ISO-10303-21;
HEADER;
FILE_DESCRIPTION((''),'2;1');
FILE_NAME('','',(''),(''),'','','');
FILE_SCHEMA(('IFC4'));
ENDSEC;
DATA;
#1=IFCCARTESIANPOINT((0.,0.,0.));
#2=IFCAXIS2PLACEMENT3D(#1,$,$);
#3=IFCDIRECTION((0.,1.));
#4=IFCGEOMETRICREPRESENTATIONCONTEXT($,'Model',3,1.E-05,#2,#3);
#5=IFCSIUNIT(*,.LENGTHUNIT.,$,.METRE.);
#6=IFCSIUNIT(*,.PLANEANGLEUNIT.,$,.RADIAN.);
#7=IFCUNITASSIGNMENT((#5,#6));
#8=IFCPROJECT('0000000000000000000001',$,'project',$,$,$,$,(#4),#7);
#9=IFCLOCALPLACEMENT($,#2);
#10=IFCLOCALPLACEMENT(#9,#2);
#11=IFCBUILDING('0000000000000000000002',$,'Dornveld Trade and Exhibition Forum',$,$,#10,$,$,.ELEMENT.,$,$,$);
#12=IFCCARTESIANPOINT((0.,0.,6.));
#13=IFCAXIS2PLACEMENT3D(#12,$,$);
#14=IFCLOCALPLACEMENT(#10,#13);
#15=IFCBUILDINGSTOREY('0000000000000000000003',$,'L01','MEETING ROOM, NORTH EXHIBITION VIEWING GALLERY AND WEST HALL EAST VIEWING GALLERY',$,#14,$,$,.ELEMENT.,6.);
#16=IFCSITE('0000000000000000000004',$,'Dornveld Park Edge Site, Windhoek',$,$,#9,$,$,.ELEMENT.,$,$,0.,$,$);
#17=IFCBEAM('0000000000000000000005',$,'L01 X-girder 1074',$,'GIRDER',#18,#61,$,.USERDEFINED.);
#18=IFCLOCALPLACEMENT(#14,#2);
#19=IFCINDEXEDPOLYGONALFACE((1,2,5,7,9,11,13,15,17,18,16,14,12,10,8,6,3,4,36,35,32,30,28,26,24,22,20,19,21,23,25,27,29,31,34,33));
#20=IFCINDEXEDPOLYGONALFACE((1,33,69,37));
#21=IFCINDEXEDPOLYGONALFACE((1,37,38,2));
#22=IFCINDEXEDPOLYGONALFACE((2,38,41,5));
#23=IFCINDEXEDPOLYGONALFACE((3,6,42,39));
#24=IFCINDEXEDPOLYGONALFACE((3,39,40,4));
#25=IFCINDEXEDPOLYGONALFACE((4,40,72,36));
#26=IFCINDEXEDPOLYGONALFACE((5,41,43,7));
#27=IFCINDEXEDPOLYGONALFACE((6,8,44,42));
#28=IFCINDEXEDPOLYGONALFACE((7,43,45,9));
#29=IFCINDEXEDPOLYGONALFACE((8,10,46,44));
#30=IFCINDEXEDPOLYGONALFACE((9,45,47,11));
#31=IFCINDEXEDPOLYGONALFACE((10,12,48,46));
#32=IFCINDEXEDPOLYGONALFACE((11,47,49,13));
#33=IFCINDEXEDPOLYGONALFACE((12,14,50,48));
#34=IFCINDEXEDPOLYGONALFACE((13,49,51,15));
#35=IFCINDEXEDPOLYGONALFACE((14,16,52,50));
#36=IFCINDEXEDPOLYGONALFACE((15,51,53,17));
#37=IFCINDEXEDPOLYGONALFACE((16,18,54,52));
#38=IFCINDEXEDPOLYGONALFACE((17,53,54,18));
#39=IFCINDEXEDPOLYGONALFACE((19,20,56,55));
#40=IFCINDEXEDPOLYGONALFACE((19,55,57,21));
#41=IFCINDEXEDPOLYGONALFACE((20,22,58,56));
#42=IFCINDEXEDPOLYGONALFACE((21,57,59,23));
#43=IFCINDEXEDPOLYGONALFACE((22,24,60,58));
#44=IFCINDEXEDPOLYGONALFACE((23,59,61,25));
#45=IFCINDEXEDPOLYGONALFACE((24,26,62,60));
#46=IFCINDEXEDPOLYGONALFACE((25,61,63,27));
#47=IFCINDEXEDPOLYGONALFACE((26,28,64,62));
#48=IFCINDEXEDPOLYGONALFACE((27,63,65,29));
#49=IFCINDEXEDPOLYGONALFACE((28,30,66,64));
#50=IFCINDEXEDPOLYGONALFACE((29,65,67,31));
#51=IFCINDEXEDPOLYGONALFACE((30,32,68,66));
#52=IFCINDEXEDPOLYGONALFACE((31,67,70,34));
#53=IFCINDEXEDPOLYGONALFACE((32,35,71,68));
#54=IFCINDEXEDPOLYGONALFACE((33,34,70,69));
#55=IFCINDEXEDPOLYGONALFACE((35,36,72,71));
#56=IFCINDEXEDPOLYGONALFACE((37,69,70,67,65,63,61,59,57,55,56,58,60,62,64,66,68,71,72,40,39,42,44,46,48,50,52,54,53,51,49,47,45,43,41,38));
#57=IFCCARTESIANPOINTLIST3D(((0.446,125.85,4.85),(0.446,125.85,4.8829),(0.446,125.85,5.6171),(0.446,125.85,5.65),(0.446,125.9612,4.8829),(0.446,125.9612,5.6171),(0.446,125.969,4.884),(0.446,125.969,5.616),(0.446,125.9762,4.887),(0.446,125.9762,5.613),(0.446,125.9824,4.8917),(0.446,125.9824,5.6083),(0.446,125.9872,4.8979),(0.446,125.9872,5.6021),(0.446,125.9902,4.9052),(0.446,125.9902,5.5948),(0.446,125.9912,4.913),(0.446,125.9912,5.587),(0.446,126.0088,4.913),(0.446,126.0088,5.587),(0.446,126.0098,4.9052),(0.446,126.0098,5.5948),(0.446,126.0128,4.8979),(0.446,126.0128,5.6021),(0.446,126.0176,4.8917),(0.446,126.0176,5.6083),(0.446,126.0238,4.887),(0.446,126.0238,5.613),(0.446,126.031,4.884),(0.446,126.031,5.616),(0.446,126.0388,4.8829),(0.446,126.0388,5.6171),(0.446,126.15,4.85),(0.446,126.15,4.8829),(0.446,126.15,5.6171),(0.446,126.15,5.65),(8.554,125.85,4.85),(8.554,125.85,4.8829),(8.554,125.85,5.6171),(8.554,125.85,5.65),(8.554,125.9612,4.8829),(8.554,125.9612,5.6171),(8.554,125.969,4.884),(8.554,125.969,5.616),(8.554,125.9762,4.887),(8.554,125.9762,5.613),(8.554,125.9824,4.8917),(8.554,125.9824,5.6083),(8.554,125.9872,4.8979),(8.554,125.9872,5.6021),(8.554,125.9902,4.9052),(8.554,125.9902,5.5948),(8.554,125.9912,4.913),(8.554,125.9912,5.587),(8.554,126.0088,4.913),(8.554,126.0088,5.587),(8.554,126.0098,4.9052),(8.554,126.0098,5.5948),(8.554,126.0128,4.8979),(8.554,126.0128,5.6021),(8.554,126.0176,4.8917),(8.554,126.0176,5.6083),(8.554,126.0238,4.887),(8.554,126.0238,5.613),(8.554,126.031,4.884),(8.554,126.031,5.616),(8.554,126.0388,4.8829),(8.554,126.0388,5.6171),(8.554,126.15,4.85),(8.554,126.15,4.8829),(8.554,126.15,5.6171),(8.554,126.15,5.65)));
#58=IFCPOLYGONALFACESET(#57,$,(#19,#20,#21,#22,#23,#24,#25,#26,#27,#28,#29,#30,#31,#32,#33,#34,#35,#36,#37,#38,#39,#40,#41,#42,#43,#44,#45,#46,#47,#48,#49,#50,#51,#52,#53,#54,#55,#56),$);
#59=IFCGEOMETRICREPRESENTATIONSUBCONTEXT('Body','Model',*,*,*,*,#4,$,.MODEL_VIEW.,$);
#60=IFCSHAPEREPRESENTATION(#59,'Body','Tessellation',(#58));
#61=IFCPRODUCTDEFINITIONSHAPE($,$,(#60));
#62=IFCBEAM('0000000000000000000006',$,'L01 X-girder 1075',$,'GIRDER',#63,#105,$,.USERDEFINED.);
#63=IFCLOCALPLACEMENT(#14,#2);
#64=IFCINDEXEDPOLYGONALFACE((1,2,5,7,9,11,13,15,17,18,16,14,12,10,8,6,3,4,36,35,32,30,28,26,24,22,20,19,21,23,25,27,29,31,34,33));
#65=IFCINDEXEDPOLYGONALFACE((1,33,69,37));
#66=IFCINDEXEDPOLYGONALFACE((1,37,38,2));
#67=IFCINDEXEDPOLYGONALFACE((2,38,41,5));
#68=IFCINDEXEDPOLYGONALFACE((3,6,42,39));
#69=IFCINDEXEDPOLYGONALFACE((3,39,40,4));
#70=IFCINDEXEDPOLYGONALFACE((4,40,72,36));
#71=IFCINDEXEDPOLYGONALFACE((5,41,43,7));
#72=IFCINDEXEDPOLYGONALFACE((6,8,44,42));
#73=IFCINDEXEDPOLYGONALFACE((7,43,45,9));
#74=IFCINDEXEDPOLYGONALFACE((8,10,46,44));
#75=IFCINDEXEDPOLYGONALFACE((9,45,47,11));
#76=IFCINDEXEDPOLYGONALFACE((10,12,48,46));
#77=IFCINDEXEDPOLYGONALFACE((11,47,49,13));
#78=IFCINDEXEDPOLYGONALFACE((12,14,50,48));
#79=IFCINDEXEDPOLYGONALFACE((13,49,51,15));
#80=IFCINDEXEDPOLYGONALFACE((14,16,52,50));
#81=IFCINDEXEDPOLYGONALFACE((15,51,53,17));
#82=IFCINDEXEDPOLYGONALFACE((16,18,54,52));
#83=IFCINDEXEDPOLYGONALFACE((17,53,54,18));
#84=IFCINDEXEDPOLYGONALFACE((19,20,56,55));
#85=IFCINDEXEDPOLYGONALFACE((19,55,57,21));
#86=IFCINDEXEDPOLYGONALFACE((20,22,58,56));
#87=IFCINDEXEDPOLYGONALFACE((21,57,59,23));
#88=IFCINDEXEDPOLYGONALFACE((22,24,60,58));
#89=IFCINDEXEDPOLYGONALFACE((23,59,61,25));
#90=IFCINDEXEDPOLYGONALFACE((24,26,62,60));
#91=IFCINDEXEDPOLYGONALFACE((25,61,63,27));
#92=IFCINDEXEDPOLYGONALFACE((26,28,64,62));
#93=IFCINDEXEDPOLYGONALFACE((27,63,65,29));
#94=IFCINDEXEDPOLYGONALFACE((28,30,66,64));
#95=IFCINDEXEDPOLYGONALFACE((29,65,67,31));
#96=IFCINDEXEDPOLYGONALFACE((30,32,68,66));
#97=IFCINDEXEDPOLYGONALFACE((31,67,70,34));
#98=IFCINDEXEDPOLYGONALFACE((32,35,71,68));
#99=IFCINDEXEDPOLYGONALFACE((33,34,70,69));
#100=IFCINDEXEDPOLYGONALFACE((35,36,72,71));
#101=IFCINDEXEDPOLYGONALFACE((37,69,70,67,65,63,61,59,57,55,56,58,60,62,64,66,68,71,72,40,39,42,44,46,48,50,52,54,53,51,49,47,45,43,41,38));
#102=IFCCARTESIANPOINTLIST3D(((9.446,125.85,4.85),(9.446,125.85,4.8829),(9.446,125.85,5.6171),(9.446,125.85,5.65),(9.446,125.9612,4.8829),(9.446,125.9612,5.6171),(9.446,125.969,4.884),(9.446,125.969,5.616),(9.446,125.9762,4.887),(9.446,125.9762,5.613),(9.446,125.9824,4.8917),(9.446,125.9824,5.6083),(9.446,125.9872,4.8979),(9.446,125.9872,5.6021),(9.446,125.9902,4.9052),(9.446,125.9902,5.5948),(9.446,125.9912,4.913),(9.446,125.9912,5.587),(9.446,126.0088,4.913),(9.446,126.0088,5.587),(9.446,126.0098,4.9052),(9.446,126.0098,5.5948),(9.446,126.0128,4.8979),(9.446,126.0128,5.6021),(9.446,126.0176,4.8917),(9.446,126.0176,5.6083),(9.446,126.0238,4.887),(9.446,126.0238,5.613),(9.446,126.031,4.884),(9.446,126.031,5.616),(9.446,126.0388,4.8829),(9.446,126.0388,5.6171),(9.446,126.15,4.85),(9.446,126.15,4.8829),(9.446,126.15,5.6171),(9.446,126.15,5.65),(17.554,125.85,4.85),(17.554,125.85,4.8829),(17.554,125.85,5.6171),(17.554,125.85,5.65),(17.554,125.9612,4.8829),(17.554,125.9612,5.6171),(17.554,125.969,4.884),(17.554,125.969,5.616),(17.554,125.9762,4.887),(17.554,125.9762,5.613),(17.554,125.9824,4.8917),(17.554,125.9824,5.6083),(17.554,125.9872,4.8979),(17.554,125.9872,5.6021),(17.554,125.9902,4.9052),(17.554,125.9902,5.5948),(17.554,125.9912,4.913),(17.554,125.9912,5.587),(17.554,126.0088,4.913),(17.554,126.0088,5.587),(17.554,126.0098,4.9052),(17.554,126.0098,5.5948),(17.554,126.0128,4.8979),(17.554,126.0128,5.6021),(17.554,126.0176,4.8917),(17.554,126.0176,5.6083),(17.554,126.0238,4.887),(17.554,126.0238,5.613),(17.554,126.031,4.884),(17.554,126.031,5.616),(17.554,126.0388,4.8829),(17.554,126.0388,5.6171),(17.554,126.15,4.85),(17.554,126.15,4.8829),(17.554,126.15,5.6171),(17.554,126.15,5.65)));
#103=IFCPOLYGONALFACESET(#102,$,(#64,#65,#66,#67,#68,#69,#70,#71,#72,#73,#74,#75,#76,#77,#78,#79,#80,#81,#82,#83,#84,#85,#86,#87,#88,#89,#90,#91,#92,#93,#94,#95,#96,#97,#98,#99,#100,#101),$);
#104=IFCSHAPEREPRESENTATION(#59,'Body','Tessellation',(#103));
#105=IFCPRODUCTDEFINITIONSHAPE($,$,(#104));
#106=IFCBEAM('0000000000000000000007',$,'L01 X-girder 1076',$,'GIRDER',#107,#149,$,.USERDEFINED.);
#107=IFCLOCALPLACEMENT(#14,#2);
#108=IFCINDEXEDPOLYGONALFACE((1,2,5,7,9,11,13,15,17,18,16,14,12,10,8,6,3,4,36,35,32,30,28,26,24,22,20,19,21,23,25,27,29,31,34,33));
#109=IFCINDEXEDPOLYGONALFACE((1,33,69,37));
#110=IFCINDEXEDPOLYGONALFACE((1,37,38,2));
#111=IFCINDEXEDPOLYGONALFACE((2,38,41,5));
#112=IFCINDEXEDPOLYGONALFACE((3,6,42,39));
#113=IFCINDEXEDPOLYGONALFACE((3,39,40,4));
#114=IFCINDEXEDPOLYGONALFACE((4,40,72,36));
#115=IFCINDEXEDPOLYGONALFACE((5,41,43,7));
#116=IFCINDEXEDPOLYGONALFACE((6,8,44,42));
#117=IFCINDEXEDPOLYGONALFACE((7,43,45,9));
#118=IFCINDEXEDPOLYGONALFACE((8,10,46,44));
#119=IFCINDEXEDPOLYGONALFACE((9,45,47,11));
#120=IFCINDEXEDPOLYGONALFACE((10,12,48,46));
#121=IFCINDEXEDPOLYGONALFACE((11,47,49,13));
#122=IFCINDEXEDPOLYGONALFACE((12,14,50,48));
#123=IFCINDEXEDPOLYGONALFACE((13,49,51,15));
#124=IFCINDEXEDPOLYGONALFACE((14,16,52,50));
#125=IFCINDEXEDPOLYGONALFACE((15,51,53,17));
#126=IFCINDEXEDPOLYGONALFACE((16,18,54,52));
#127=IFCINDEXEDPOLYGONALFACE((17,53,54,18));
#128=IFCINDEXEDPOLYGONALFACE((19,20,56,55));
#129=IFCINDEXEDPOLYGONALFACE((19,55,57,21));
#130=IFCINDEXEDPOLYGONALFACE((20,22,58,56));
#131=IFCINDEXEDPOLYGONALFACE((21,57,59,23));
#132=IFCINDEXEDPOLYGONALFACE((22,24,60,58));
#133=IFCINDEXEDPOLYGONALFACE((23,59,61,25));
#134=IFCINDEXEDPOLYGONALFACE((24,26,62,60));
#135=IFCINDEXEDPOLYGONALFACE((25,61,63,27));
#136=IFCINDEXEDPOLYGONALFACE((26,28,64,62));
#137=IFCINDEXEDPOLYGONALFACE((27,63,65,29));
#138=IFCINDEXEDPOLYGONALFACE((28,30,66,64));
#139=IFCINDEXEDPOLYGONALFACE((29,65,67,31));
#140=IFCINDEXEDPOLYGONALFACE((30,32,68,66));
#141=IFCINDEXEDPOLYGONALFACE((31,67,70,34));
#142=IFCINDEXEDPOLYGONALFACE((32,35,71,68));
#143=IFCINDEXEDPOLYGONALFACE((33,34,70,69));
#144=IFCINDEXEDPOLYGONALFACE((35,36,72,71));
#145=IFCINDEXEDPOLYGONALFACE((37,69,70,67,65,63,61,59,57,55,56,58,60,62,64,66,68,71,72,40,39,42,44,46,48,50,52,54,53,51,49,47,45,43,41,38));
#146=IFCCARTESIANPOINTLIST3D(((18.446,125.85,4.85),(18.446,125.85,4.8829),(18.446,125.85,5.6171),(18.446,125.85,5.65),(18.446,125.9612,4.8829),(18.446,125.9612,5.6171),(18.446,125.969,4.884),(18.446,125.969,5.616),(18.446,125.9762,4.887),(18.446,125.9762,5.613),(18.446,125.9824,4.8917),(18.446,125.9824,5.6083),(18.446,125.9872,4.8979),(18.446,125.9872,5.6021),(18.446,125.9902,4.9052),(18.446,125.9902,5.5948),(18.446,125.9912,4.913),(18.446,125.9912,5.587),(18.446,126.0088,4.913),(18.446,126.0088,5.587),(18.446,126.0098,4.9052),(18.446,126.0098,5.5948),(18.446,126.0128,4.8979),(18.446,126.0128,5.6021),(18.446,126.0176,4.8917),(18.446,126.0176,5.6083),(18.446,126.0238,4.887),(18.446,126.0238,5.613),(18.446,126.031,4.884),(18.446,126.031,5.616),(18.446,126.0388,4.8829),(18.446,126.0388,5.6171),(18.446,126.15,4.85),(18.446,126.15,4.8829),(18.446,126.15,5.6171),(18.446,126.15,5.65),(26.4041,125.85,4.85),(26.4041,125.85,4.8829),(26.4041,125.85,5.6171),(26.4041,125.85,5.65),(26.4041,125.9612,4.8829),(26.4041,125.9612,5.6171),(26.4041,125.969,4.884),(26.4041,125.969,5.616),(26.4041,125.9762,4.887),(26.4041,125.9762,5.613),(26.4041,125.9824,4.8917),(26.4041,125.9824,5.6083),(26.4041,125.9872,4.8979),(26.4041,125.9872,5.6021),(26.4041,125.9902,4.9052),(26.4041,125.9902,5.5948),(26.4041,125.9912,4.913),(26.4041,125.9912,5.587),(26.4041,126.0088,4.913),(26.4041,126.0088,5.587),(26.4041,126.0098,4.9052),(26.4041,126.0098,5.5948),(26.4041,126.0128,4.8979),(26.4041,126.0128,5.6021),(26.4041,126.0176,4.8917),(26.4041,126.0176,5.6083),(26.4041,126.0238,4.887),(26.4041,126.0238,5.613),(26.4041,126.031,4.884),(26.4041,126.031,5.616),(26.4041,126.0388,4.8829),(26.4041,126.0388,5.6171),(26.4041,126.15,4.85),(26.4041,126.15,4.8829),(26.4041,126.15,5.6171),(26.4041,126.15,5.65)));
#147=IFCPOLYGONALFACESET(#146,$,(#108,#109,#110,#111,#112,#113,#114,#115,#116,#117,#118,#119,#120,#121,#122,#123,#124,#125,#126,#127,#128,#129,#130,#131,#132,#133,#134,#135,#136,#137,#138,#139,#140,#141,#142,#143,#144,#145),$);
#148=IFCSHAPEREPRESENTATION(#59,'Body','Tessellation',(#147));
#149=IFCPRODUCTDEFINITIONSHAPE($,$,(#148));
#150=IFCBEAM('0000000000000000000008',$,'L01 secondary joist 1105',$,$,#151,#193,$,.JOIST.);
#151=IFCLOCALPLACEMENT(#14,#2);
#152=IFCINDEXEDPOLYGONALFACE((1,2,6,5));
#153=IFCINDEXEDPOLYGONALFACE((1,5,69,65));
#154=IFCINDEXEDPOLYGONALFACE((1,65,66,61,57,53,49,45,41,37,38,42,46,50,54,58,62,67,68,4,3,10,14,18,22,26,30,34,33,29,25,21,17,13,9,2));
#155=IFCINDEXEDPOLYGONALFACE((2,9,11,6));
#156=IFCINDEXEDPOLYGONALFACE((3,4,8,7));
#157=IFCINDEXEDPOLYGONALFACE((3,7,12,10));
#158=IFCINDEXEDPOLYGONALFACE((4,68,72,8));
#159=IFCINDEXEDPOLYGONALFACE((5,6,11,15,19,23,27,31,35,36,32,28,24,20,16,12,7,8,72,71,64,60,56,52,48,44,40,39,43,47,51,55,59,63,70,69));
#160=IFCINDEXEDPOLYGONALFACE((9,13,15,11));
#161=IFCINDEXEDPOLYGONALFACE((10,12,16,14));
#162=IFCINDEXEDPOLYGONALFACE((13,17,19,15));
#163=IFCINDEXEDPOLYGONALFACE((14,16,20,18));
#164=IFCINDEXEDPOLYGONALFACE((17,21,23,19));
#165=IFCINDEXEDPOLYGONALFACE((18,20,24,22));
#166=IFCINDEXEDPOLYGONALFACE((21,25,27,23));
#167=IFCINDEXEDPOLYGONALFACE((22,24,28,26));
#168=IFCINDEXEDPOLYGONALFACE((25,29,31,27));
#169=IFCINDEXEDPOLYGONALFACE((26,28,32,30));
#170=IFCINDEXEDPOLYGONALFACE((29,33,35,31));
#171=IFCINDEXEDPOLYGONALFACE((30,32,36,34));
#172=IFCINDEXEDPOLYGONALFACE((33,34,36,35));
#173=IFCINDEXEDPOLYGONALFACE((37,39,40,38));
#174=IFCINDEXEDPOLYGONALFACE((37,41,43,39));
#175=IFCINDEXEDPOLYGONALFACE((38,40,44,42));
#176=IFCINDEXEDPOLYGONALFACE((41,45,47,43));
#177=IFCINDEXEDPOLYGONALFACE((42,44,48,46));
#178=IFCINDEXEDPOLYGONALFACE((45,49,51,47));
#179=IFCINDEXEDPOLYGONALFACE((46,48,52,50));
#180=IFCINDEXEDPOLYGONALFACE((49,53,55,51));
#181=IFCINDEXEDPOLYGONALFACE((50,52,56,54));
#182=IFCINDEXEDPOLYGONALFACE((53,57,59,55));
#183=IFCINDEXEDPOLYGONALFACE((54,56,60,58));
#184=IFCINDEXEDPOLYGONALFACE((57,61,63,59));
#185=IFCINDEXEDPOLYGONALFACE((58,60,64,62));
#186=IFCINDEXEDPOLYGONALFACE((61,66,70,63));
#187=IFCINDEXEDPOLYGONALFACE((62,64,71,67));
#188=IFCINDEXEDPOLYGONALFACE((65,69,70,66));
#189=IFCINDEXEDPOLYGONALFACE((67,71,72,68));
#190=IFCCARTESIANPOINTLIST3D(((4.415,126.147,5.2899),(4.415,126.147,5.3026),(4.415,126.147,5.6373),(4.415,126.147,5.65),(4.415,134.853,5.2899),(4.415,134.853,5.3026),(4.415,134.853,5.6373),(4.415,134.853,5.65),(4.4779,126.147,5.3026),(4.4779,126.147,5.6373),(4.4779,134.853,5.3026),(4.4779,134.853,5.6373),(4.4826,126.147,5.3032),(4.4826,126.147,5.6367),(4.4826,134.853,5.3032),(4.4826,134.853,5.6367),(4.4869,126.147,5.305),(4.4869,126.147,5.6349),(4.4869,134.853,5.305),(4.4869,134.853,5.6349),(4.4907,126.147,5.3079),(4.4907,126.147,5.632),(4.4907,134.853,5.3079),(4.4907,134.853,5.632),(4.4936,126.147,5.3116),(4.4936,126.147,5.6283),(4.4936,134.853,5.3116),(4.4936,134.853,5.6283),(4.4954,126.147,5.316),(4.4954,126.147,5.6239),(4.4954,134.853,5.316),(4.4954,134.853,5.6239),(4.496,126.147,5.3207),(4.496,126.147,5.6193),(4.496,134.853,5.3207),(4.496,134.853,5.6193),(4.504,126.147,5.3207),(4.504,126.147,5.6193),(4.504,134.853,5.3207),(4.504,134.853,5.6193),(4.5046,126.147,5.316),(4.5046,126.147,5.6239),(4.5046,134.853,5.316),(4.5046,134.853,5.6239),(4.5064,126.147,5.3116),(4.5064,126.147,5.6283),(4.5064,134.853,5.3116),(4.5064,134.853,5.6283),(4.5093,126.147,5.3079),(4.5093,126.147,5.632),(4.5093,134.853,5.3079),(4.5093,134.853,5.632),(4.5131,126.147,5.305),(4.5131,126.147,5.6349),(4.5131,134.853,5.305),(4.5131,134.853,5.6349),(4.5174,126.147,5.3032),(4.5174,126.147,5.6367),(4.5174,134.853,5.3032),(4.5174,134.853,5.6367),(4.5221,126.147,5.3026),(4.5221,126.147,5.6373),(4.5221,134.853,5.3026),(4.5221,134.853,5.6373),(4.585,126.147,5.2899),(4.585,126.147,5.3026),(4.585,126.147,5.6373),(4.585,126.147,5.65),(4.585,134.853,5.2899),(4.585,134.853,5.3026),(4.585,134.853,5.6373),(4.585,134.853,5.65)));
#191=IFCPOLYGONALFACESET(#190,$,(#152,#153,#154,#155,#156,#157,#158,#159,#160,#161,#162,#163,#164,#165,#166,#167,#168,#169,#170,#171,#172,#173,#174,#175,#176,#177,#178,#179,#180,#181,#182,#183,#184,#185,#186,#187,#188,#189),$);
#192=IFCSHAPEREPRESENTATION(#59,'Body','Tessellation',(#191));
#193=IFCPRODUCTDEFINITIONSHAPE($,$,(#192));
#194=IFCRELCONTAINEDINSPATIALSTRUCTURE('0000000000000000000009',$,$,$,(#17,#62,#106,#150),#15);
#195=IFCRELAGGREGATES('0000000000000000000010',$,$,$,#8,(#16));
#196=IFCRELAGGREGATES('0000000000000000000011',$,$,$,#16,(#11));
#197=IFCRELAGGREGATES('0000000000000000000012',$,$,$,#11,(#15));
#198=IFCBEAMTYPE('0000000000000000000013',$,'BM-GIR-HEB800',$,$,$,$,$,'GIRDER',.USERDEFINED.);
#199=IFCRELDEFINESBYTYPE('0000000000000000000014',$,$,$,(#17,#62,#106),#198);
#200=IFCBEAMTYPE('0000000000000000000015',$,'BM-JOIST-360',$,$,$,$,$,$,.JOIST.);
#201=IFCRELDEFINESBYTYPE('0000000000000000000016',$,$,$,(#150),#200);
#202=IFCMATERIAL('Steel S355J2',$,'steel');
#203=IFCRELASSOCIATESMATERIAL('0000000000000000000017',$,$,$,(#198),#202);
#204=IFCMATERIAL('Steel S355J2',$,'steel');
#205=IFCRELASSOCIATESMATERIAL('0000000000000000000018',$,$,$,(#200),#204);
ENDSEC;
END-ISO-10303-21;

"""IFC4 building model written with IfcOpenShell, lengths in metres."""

from ifc_helpers import new_model, si_unit, direction, frame, origin, origin_2d, place, context, subcontext, project, spatial, i_section, extrude, material, material_profile, profile_set, type_object, element, save


model = new_model("IFC4")

# Units and contexts
model_context = context("Model", 3, precision=1e-05, world=origin(), true_north=direction((0.0, 1.0)))
body_context = subcontext(model_context, "Body", "Model", "MODEL_VIEW")
ifc_project = project(units=[si_unit("LENGTHUNIT", "METRE"), si_unit("PLANEANGLEUNIT", "RADIAN")], contexts=[model_context])

# Site, building, storey
site_placement = place(None, origin())
site = spatial("IfcSite", under=ifc_project, at=site_placement, Name="Dornveld Park Edge Site, Windhoek", CompositionType="ELEMENT", RefElevation=0.0)
building_placement = place(site_placement, origin())
building = spatial("IfcBuilding", under=site, at=building_placement, Name="Dornveld Trade and Exhibition Forum", CompositionType="ELEMENT")
storey_placement = place(building_placement, frame((0.0, 0.0, 6.0)))
storey = spatial("IfcBuildingStorey", under=building, at=storey_placement, Name="L01", Description="MEETING ROOM, NORTH EXHIBITION VIEWING GALLERY AND WEST HALL EAST VIEWING GALLERY", CompositionType="ELEMENT", Elevation=6.0)

# Beams
ifc_material_1 = material(Name="Steel S355J2", Category="steel")
ifc_material_profile_1 = material_profile(ifc_material_1, i_section(OverallWidth=0.3, OverallDepth=0.8, WebThickness=0.0176, FlangeThickness=0.033, FilletRadius=0.03, at=origin_2d()), Name="HEB 800")
ifc_profile_set_1 = profile_set([ifc_material_profile_1], Name="Steel S355J2")
beam_type_1 = type_object("IfcBeamType", Name="BM-GIR-HEB800", ElementType="GIRDER", PredefinedType="USERDEFINED", material=ifc_profile_set_1)
for number, where, z_axis, x_axis, name in (
    (1, (0.446, 126.0, 5.25), (1.0, 0.0, 0.0), (0.0, 1.0, 0.0), "L01 X-girder 1074"),
    (2, (9.446, 126.0, 5.25), (1.0, 0.0, 0.0), (0.0, 1.0, 0.0), "L01 X-girder 1075"),
):
    element("IfcBeam", number, at=place(storey_placement, frame(where, z_axis=z_axis, x_axis=x_axis)), inside=storey, type_object=beam_type_1, Name=name, ObjectType="GIRDER", PredefinedType="USERDEFINED", context=body_context, shape_type="SweptSolid", body=[
        extrude(i_section(OverallWidth=0.3, OverallDepth=0.8, WebThickness=0.0176, FlangeThickness=0.033, FilletRadius=0.03, at=origin_2d()), origin(), (0.0, 0.0, 1.0), 8.1079),
    ])
beam_placement = place(storey_placement, frame((18.446, 126.0, 5.25), z_axis=(1.0, 0.0, 0.0), x_axis=(0.0, 1.0, 0.0)))
element("IfcBeam", 3, at=beam_placement, inside=storey, type_object=beam_type_1, Name="L01 X-girder 1076", ObjectType="GIRDER", PredefinedType="USERDEFINED", context=body_context, shape_type="SweptSolid", body=[
    extrude(i_section(OverallWidth=0.3, OverallDepth=0.8, WebThickness=0.0176, FlangeThickness=0.033, FilletRadius=0.03, at=origin_2d()), origin(), (0.0, 0.0, 1.0), 7.958),
])
ifc_material_2 = material(Name="Steel S355J2", Category="steel")
ifc_material_profile_2 = material_profile(ifc_material_2, i_section(OverallWidth=0.1699, OverallDepth=0.3601, WebThickness=0.0081, FlangeThickness=0.0127, FilletRadius=0.0181, at=origin_2d()), Name="IPE 360")
ifc_profile_set_2 = profile_set([ifc_material_profile_2], Name="Steel S355J2")
beam_type_2 = type_object("IfcBeamType", Name="BM-JOIST-360", PredefinedType="JOIST", material=ifc_profile_set_2)
for number, where, z_axis, x_axis, name in (
    (4, (4.5, 126.147, 5.47), (0.0, 1.0, 0.0), (-1.0, 0.0, 0.0), "L01 secondary joist 1105"),
):
    element("IfcBeam", number, at=place(storey_placement, frame(where, z_axis=z_axis, x_axis=x_axis)), inside=storey, type_object=beam_type_2, Name=name, PredefinedType="JOIST", context=body_context, shape_type="SweptSolid", body=[
        extrude(i_section(OverallWidth=0.1699, OverallDepth=0.3601, WebThickness=0.0081, FlangeThickness=0.0127, FilletRadius=0.0181, at=origin_2d()), origin(), (0.0, 0.0, 1.0), 8.7061),
    ])

save(model, "model.ifc")
